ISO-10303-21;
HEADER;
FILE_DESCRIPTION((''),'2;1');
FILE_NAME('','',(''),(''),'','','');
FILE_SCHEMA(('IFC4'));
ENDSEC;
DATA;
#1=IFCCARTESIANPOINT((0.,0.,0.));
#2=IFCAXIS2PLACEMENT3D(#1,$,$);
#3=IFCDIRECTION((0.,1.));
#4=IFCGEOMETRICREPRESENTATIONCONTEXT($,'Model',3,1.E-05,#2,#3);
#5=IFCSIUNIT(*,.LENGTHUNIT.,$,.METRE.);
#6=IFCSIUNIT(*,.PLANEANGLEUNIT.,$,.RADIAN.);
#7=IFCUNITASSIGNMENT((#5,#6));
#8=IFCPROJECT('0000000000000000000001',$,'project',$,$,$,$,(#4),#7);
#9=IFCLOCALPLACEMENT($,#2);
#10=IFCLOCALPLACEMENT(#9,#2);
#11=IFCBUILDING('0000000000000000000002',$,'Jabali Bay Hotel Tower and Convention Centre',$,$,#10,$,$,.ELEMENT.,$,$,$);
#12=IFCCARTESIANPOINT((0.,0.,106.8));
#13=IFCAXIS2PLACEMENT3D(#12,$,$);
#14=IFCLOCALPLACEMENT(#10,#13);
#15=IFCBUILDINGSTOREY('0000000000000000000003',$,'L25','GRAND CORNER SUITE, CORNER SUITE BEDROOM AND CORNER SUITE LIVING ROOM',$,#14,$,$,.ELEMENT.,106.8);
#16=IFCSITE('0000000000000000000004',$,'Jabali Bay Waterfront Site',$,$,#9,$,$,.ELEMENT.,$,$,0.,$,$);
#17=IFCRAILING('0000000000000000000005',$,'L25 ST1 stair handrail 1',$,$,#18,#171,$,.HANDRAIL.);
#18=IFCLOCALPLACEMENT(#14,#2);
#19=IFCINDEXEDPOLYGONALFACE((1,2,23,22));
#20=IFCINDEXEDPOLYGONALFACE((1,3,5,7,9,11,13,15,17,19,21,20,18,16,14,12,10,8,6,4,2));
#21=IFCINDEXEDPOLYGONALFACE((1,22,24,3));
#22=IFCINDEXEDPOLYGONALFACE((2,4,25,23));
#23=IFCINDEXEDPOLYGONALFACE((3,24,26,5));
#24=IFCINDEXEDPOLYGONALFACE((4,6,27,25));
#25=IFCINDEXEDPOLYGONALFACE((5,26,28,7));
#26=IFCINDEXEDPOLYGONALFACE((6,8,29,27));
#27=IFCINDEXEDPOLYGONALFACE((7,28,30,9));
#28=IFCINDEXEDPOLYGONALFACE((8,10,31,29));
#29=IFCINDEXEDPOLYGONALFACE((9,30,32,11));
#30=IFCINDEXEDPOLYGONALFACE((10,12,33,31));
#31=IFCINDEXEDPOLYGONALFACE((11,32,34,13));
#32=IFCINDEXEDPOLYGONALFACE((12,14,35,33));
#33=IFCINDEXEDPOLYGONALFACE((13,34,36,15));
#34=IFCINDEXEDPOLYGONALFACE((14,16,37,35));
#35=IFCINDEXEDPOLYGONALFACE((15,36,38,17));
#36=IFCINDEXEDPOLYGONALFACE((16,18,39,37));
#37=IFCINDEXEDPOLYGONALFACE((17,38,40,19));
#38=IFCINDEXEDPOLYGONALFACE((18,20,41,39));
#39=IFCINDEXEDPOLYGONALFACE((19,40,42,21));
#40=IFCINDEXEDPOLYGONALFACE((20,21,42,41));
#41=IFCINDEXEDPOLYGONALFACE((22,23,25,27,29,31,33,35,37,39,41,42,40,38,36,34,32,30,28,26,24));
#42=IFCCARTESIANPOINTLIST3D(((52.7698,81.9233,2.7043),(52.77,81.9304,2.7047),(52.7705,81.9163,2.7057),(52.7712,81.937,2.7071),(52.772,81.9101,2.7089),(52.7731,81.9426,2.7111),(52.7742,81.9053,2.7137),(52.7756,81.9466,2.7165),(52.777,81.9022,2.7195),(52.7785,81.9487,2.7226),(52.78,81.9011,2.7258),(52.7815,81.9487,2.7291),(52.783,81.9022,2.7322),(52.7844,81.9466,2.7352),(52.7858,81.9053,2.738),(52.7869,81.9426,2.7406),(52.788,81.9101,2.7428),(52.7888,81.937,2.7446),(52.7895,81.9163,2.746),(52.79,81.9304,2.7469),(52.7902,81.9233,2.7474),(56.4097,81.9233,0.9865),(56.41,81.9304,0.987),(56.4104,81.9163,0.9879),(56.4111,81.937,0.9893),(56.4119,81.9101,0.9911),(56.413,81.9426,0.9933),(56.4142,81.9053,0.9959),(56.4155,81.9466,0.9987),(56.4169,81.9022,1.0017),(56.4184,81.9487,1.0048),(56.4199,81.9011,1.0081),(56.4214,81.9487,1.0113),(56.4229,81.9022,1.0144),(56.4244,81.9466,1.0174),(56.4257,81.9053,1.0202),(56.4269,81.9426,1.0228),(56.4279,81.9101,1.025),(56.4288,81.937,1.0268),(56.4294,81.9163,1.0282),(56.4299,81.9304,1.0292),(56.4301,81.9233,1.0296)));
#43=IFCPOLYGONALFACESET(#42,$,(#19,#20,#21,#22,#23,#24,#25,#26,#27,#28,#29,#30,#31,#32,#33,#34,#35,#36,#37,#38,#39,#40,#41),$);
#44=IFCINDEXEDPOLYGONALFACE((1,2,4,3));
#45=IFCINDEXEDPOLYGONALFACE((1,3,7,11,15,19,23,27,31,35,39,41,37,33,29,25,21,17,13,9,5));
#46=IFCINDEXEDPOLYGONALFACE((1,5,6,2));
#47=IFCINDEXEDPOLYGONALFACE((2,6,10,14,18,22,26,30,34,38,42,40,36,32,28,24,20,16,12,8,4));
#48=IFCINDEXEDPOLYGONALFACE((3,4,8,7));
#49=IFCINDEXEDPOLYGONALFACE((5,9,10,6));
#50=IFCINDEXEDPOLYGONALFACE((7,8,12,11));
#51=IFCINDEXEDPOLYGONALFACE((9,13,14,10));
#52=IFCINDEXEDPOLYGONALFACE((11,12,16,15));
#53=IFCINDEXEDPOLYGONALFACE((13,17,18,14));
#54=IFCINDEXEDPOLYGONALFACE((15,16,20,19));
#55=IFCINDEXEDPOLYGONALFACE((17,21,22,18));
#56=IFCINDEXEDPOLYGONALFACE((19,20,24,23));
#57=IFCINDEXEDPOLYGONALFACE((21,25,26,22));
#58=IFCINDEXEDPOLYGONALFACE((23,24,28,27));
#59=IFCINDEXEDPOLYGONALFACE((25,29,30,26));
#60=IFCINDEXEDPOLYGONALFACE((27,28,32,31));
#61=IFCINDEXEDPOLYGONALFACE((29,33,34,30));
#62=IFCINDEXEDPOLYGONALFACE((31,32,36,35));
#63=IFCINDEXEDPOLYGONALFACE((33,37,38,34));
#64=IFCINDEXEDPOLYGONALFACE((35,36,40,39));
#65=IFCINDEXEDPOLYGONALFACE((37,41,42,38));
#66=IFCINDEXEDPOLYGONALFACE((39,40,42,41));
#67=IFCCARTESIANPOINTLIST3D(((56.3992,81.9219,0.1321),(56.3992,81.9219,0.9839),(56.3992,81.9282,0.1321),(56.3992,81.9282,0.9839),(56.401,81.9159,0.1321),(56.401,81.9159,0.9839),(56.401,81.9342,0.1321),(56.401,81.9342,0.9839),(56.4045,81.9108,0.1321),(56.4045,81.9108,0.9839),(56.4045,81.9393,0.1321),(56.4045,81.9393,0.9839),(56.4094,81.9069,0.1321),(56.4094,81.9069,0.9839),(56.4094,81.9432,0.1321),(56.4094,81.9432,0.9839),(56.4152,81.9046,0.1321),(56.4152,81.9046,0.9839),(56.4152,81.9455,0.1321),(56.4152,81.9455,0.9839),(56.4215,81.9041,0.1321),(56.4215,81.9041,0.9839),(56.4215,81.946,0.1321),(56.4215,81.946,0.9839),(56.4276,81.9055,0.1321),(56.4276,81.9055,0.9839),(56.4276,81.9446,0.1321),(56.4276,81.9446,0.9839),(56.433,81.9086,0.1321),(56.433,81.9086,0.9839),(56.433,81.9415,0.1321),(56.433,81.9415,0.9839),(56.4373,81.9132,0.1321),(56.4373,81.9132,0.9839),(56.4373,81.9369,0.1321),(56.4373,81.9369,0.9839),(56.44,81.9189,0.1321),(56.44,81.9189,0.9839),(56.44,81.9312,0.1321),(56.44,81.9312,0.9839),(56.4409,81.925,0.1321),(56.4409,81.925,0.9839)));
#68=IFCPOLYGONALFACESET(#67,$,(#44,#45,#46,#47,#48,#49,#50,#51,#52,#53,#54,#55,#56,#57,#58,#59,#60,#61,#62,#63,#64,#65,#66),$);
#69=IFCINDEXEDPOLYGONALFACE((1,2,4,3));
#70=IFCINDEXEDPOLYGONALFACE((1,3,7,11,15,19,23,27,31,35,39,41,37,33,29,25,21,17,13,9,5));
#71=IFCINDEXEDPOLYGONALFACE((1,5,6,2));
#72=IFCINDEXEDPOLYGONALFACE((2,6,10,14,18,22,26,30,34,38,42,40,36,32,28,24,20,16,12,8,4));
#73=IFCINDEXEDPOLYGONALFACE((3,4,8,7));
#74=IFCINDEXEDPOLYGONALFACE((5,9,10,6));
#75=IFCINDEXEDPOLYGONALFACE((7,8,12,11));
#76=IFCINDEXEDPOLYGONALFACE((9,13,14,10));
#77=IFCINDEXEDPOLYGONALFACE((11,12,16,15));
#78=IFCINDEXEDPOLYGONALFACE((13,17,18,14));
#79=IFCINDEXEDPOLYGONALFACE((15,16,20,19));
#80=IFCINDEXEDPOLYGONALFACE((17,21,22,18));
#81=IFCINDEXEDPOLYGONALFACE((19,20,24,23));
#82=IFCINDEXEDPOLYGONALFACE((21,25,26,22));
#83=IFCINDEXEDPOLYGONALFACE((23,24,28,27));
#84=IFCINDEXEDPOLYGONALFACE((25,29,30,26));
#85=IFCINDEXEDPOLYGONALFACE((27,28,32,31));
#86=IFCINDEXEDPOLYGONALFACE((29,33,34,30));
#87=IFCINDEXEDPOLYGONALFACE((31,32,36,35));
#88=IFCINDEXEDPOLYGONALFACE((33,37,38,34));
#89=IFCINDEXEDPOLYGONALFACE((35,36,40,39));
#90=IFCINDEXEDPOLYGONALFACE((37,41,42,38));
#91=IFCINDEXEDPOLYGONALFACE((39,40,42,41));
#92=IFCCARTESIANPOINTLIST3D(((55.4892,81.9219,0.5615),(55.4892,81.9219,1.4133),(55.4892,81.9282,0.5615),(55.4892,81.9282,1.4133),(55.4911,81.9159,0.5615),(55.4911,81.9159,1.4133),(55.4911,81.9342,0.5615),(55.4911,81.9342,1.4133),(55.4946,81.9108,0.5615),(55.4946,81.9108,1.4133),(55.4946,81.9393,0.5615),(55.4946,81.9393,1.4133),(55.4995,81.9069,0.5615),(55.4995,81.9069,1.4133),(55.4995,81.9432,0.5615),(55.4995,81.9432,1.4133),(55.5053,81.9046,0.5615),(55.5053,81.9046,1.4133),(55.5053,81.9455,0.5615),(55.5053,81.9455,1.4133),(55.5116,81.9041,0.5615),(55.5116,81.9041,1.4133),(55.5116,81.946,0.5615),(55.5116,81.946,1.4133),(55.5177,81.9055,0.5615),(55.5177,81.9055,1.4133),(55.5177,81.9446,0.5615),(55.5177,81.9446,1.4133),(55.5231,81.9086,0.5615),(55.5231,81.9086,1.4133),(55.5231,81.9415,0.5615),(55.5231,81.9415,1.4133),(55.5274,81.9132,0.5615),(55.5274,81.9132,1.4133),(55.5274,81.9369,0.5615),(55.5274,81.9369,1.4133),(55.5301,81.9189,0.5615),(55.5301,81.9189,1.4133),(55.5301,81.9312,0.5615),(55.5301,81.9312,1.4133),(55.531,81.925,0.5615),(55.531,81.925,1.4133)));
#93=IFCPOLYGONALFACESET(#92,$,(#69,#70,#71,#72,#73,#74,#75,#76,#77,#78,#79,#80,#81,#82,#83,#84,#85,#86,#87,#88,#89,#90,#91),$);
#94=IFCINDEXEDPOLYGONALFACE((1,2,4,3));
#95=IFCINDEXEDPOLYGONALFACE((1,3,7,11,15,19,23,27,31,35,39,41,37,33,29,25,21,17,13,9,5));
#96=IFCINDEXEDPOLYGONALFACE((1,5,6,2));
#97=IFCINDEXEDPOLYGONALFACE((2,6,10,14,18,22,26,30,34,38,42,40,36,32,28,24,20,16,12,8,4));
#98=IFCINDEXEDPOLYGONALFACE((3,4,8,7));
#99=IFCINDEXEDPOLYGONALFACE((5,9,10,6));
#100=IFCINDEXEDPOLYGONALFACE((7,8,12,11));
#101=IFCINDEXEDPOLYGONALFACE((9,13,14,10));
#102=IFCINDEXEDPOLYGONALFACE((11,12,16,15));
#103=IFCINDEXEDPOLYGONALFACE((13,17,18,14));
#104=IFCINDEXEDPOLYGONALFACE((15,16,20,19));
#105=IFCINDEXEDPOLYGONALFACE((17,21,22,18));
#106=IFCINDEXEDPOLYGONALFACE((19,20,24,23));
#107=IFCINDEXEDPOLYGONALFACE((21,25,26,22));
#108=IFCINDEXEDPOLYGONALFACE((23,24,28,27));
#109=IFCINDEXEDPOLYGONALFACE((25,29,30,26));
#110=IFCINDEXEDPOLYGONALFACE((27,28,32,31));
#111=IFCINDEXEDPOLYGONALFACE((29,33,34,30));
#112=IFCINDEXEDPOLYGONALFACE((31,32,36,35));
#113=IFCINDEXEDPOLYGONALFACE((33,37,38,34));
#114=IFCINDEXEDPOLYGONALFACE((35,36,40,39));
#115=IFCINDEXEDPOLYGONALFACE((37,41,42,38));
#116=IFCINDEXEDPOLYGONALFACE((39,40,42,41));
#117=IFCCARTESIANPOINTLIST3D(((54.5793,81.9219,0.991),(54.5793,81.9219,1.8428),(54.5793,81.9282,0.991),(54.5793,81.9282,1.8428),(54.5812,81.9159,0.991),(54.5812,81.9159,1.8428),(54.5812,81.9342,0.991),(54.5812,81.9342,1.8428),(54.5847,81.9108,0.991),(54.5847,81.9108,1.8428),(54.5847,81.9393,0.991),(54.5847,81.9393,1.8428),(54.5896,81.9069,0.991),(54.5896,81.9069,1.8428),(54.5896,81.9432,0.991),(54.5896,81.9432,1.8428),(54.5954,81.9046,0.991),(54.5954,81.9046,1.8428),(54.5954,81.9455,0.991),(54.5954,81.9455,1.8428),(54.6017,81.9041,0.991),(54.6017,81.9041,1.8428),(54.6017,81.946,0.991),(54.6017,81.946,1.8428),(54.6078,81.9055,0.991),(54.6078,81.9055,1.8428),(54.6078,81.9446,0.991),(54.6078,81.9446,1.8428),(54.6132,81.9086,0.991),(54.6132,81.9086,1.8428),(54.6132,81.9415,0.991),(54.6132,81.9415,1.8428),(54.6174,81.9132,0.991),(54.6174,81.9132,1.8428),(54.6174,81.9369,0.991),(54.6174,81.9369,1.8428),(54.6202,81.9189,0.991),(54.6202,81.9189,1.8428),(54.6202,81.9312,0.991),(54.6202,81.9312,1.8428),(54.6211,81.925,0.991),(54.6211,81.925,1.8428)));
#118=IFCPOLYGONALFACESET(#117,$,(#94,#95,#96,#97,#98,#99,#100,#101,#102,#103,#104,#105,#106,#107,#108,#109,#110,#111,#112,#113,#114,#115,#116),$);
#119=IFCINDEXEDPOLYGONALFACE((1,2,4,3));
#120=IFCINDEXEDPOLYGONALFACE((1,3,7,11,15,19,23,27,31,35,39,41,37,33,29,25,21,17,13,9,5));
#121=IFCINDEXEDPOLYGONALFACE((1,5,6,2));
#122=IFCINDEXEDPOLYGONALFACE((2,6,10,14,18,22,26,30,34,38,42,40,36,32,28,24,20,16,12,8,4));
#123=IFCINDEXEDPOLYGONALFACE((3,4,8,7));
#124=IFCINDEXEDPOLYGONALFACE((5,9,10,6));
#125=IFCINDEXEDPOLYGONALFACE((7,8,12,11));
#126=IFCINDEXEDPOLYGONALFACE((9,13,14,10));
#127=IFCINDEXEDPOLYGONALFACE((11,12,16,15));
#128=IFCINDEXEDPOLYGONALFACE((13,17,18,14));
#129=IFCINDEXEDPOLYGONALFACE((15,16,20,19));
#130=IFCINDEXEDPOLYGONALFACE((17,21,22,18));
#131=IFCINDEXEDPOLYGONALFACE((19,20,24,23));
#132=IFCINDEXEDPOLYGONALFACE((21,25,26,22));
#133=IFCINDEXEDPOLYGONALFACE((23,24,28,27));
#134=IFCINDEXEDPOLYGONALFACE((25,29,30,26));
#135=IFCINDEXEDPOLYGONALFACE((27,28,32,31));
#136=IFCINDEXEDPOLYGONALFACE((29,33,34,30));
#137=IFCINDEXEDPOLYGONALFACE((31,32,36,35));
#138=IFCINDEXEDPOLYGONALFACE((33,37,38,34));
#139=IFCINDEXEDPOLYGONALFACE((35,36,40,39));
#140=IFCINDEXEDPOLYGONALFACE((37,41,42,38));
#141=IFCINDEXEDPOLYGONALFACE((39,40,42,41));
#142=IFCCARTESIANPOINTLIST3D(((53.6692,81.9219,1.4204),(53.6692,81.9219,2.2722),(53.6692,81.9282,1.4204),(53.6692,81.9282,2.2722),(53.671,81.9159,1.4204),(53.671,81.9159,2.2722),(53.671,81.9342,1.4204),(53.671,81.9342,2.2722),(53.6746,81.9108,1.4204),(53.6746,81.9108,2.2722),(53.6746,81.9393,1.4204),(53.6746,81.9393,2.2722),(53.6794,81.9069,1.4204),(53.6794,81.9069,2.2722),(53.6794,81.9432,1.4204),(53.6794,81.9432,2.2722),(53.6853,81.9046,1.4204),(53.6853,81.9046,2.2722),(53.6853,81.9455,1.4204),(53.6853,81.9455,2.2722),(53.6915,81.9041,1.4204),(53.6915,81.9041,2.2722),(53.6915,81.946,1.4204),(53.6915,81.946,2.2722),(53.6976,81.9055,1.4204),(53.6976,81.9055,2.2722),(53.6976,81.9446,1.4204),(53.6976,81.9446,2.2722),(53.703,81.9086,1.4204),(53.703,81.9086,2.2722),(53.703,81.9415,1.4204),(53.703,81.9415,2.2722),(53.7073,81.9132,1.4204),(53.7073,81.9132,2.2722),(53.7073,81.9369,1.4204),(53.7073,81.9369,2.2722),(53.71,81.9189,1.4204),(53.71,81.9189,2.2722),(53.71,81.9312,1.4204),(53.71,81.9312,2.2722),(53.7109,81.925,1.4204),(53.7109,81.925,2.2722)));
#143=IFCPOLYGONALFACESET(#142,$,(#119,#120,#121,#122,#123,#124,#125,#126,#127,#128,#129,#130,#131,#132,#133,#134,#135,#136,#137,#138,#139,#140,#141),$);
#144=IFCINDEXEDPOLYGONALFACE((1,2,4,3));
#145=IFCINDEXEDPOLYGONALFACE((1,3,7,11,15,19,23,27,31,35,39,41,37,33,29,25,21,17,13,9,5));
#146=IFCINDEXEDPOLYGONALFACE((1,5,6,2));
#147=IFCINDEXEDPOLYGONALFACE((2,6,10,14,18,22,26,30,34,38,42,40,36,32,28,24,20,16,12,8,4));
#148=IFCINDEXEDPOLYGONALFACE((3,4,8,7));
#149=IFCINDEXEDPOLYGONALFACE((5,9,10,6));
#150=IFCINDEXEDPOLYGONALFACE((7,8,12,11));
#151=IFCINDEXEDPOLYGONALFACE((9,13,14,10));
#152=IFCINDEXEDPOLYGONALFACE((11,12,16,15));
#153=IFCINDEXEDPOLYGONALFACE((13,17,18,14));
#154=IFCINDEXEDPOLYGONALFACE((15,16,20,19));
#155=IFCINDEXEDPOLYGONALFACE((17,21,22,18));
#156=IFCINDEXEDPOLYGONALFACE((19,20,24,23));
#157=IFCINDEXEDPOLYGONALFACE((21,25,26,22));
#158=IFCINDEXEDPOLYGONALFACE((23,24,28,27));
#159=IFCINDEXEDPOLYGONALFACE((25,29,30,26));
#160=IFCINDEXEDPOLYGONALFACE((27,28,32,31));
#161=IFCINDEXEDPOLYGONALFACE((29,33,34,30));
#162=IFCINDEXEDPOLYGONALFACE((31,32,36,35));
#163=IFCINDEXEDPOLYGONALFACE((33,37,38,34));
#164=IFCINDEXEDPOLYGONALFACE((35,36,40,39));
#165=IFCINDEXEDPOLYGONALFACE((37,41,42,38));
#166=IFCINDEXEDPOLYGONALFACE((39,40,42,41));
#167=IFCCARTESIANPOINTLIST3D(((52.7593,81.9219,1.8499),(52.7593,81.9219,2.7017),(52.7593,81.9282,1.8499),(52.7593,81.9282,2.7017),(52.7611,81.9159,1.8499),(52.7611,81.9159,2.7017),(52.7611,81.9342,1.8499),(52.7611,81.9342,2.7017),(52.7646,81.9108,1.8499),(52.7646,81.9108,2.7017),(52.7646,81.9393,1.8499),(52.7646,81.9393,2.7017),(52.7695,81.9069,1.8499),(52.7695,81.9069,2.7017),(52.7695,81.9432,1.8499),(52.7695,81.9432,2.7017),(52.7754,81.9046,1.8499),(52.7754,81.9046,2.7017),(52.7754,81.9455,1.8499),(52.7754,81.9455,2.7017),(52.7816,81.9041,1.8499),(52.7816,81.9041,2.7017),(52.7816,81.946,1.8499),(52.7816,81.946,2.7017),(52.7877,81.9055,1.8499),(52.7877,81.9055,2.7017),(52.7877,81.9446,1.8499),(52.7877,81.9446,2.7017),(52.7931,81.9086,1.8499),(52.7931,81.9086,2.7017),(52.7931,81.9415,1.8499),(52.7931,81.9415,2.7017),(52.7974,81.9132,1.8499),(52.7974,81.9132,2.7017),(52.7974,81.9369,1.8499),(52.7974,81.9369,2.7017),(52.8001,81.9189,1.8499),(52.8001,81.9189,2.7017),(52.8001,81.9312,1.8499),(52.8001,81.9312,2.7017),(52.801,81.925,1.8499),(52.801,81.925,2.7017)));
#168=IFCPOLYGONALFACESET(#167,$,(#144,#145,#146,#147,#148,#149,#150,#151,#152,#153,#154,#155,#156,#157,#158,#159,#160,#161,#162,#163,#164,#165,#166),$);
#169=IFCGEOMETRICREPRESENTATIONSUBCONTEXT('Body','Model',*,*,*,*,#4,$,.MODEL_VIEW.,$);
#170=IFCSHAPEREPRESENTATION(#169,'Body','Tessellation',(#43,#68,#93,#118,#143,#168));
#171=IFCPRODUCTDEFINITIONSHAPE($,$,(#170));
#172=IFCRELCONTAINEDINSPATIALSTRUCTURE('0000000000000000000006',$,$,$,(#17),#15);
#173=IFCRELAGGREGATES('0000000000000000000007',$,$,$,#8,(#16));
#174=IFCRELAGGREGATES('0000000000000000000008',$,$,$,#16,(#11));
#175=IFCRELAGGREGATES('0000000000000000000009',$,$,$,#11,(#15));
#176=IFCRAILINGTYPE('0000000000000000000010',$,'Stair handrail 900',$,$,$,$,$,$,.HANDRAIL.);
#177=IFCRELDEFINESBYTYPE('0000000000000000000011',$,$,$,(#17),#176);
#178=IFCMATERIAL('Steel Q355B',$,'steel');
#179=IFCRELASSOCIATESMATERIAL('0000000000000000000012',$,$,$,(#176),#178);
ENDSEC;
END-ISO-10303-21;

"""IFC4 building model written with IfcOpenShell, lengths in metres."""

from ifc_helpers import new_model, si_unit, direction, frame, origin, origin_2d, place, context, subcontext, project, spatial, circle, extrude, material, type_object, element, save


model = new_model("IFC4")

# Units and contexts
model_context = context("Model", 3, precision=1e-05, world=origin(), true_north=direction((0.0, 1.0)))
body_context = subcontext(model_context, "Body", "Model", "MODEL_VIEW")
ifc_project = project(units=[si_unit("LENGTHUNIT", "METRE"), si_unit("PLANEANGLEUNIT", "RADIAN")], contexts=[model_context])

# Site, building, storey
site_placement = place(None, origin())
site = spatial("IfcSite", under=ifc_project, at=site_placement, Name="Jabali Bay Waterfront Site", CompositionType="ELEMENT", RefElevation=0.0)
building_placement = place(site_placement, origin())
building = spatial("IfcBuilding", under=site, at=building_placement, Name="Jabali Bay Hotel Tower and Convention Centre", CompositionType="ELEMENT")
storey_placement = place(building_placement, frame((0.0, 0.0, 106.8)))
storey = spatial("IfcBuildingStorey", under=building, at=storey_placement, Name="L25", Description="GRAND CORNER SUITE, CORNER SUITE BEDROOM AND CORNER SUITE LIVING ROOM", CompositionType="ELEMENT", Elevation=106.8)

# Railing
ifc_material_1 = material(Name="Steel Q355B", Category="steel")
railing_type_1 = type_object("IfcRailingType", Name="Stair handrail 900", PredefinedType="HANDRAIL", material=ifc_material_1)
railing_1_placement = place(storey_placement, frame((56.4199, 81.925, 0.1321)))
element("IfcRailing", 1, at=railing_1_placement, inside=storey, type_object=railing_type_1, Name="L25 ST1 stair handrail 1", PredefinedType="HANDRAIL", context=body_context, shape_type="SweptSolid", body=[
    extrude(circle(Radius=0.0239, at=origin_2d()), frame((0.0, 0.0, 0.876), z_axis=(-0.904351, 0.0, 0.42679), x_axis=(0.0, -1.0, 0.0)), (0.0, 0.0, 1.0), 4.0249),
    extrude(circle(Radius=0.021, at=origin_2d()), origin(), (0.0, 0.0, 1.0), 0.8518),
    extrude(circle(Radius=0.021, at=origin_2d()), frame((-0.9099, 0.0, 0.4294)), (0.0, 0.0, 1.0), 0.8518),
    extrude(circle(Radius=0.021, at=origin_2d()), frame((-1.8198, 0.0, 0.8589)), (0.0, 0.0, 1.0), 0.8518),
    extrude(circle(Radius=0.021, at=origin_2d()), frame((-2.73, 0.0, 1.2883)), (0.0, 0.0, 1.0), 0.8518),
    extrude(circle(Radius=0.021, at=origin_2d()), frame((-3.6399, 0.0, 1.7178)), (0.0, 0.0, 1.0), 0.8518),
])

save(model, "model.ifc")
